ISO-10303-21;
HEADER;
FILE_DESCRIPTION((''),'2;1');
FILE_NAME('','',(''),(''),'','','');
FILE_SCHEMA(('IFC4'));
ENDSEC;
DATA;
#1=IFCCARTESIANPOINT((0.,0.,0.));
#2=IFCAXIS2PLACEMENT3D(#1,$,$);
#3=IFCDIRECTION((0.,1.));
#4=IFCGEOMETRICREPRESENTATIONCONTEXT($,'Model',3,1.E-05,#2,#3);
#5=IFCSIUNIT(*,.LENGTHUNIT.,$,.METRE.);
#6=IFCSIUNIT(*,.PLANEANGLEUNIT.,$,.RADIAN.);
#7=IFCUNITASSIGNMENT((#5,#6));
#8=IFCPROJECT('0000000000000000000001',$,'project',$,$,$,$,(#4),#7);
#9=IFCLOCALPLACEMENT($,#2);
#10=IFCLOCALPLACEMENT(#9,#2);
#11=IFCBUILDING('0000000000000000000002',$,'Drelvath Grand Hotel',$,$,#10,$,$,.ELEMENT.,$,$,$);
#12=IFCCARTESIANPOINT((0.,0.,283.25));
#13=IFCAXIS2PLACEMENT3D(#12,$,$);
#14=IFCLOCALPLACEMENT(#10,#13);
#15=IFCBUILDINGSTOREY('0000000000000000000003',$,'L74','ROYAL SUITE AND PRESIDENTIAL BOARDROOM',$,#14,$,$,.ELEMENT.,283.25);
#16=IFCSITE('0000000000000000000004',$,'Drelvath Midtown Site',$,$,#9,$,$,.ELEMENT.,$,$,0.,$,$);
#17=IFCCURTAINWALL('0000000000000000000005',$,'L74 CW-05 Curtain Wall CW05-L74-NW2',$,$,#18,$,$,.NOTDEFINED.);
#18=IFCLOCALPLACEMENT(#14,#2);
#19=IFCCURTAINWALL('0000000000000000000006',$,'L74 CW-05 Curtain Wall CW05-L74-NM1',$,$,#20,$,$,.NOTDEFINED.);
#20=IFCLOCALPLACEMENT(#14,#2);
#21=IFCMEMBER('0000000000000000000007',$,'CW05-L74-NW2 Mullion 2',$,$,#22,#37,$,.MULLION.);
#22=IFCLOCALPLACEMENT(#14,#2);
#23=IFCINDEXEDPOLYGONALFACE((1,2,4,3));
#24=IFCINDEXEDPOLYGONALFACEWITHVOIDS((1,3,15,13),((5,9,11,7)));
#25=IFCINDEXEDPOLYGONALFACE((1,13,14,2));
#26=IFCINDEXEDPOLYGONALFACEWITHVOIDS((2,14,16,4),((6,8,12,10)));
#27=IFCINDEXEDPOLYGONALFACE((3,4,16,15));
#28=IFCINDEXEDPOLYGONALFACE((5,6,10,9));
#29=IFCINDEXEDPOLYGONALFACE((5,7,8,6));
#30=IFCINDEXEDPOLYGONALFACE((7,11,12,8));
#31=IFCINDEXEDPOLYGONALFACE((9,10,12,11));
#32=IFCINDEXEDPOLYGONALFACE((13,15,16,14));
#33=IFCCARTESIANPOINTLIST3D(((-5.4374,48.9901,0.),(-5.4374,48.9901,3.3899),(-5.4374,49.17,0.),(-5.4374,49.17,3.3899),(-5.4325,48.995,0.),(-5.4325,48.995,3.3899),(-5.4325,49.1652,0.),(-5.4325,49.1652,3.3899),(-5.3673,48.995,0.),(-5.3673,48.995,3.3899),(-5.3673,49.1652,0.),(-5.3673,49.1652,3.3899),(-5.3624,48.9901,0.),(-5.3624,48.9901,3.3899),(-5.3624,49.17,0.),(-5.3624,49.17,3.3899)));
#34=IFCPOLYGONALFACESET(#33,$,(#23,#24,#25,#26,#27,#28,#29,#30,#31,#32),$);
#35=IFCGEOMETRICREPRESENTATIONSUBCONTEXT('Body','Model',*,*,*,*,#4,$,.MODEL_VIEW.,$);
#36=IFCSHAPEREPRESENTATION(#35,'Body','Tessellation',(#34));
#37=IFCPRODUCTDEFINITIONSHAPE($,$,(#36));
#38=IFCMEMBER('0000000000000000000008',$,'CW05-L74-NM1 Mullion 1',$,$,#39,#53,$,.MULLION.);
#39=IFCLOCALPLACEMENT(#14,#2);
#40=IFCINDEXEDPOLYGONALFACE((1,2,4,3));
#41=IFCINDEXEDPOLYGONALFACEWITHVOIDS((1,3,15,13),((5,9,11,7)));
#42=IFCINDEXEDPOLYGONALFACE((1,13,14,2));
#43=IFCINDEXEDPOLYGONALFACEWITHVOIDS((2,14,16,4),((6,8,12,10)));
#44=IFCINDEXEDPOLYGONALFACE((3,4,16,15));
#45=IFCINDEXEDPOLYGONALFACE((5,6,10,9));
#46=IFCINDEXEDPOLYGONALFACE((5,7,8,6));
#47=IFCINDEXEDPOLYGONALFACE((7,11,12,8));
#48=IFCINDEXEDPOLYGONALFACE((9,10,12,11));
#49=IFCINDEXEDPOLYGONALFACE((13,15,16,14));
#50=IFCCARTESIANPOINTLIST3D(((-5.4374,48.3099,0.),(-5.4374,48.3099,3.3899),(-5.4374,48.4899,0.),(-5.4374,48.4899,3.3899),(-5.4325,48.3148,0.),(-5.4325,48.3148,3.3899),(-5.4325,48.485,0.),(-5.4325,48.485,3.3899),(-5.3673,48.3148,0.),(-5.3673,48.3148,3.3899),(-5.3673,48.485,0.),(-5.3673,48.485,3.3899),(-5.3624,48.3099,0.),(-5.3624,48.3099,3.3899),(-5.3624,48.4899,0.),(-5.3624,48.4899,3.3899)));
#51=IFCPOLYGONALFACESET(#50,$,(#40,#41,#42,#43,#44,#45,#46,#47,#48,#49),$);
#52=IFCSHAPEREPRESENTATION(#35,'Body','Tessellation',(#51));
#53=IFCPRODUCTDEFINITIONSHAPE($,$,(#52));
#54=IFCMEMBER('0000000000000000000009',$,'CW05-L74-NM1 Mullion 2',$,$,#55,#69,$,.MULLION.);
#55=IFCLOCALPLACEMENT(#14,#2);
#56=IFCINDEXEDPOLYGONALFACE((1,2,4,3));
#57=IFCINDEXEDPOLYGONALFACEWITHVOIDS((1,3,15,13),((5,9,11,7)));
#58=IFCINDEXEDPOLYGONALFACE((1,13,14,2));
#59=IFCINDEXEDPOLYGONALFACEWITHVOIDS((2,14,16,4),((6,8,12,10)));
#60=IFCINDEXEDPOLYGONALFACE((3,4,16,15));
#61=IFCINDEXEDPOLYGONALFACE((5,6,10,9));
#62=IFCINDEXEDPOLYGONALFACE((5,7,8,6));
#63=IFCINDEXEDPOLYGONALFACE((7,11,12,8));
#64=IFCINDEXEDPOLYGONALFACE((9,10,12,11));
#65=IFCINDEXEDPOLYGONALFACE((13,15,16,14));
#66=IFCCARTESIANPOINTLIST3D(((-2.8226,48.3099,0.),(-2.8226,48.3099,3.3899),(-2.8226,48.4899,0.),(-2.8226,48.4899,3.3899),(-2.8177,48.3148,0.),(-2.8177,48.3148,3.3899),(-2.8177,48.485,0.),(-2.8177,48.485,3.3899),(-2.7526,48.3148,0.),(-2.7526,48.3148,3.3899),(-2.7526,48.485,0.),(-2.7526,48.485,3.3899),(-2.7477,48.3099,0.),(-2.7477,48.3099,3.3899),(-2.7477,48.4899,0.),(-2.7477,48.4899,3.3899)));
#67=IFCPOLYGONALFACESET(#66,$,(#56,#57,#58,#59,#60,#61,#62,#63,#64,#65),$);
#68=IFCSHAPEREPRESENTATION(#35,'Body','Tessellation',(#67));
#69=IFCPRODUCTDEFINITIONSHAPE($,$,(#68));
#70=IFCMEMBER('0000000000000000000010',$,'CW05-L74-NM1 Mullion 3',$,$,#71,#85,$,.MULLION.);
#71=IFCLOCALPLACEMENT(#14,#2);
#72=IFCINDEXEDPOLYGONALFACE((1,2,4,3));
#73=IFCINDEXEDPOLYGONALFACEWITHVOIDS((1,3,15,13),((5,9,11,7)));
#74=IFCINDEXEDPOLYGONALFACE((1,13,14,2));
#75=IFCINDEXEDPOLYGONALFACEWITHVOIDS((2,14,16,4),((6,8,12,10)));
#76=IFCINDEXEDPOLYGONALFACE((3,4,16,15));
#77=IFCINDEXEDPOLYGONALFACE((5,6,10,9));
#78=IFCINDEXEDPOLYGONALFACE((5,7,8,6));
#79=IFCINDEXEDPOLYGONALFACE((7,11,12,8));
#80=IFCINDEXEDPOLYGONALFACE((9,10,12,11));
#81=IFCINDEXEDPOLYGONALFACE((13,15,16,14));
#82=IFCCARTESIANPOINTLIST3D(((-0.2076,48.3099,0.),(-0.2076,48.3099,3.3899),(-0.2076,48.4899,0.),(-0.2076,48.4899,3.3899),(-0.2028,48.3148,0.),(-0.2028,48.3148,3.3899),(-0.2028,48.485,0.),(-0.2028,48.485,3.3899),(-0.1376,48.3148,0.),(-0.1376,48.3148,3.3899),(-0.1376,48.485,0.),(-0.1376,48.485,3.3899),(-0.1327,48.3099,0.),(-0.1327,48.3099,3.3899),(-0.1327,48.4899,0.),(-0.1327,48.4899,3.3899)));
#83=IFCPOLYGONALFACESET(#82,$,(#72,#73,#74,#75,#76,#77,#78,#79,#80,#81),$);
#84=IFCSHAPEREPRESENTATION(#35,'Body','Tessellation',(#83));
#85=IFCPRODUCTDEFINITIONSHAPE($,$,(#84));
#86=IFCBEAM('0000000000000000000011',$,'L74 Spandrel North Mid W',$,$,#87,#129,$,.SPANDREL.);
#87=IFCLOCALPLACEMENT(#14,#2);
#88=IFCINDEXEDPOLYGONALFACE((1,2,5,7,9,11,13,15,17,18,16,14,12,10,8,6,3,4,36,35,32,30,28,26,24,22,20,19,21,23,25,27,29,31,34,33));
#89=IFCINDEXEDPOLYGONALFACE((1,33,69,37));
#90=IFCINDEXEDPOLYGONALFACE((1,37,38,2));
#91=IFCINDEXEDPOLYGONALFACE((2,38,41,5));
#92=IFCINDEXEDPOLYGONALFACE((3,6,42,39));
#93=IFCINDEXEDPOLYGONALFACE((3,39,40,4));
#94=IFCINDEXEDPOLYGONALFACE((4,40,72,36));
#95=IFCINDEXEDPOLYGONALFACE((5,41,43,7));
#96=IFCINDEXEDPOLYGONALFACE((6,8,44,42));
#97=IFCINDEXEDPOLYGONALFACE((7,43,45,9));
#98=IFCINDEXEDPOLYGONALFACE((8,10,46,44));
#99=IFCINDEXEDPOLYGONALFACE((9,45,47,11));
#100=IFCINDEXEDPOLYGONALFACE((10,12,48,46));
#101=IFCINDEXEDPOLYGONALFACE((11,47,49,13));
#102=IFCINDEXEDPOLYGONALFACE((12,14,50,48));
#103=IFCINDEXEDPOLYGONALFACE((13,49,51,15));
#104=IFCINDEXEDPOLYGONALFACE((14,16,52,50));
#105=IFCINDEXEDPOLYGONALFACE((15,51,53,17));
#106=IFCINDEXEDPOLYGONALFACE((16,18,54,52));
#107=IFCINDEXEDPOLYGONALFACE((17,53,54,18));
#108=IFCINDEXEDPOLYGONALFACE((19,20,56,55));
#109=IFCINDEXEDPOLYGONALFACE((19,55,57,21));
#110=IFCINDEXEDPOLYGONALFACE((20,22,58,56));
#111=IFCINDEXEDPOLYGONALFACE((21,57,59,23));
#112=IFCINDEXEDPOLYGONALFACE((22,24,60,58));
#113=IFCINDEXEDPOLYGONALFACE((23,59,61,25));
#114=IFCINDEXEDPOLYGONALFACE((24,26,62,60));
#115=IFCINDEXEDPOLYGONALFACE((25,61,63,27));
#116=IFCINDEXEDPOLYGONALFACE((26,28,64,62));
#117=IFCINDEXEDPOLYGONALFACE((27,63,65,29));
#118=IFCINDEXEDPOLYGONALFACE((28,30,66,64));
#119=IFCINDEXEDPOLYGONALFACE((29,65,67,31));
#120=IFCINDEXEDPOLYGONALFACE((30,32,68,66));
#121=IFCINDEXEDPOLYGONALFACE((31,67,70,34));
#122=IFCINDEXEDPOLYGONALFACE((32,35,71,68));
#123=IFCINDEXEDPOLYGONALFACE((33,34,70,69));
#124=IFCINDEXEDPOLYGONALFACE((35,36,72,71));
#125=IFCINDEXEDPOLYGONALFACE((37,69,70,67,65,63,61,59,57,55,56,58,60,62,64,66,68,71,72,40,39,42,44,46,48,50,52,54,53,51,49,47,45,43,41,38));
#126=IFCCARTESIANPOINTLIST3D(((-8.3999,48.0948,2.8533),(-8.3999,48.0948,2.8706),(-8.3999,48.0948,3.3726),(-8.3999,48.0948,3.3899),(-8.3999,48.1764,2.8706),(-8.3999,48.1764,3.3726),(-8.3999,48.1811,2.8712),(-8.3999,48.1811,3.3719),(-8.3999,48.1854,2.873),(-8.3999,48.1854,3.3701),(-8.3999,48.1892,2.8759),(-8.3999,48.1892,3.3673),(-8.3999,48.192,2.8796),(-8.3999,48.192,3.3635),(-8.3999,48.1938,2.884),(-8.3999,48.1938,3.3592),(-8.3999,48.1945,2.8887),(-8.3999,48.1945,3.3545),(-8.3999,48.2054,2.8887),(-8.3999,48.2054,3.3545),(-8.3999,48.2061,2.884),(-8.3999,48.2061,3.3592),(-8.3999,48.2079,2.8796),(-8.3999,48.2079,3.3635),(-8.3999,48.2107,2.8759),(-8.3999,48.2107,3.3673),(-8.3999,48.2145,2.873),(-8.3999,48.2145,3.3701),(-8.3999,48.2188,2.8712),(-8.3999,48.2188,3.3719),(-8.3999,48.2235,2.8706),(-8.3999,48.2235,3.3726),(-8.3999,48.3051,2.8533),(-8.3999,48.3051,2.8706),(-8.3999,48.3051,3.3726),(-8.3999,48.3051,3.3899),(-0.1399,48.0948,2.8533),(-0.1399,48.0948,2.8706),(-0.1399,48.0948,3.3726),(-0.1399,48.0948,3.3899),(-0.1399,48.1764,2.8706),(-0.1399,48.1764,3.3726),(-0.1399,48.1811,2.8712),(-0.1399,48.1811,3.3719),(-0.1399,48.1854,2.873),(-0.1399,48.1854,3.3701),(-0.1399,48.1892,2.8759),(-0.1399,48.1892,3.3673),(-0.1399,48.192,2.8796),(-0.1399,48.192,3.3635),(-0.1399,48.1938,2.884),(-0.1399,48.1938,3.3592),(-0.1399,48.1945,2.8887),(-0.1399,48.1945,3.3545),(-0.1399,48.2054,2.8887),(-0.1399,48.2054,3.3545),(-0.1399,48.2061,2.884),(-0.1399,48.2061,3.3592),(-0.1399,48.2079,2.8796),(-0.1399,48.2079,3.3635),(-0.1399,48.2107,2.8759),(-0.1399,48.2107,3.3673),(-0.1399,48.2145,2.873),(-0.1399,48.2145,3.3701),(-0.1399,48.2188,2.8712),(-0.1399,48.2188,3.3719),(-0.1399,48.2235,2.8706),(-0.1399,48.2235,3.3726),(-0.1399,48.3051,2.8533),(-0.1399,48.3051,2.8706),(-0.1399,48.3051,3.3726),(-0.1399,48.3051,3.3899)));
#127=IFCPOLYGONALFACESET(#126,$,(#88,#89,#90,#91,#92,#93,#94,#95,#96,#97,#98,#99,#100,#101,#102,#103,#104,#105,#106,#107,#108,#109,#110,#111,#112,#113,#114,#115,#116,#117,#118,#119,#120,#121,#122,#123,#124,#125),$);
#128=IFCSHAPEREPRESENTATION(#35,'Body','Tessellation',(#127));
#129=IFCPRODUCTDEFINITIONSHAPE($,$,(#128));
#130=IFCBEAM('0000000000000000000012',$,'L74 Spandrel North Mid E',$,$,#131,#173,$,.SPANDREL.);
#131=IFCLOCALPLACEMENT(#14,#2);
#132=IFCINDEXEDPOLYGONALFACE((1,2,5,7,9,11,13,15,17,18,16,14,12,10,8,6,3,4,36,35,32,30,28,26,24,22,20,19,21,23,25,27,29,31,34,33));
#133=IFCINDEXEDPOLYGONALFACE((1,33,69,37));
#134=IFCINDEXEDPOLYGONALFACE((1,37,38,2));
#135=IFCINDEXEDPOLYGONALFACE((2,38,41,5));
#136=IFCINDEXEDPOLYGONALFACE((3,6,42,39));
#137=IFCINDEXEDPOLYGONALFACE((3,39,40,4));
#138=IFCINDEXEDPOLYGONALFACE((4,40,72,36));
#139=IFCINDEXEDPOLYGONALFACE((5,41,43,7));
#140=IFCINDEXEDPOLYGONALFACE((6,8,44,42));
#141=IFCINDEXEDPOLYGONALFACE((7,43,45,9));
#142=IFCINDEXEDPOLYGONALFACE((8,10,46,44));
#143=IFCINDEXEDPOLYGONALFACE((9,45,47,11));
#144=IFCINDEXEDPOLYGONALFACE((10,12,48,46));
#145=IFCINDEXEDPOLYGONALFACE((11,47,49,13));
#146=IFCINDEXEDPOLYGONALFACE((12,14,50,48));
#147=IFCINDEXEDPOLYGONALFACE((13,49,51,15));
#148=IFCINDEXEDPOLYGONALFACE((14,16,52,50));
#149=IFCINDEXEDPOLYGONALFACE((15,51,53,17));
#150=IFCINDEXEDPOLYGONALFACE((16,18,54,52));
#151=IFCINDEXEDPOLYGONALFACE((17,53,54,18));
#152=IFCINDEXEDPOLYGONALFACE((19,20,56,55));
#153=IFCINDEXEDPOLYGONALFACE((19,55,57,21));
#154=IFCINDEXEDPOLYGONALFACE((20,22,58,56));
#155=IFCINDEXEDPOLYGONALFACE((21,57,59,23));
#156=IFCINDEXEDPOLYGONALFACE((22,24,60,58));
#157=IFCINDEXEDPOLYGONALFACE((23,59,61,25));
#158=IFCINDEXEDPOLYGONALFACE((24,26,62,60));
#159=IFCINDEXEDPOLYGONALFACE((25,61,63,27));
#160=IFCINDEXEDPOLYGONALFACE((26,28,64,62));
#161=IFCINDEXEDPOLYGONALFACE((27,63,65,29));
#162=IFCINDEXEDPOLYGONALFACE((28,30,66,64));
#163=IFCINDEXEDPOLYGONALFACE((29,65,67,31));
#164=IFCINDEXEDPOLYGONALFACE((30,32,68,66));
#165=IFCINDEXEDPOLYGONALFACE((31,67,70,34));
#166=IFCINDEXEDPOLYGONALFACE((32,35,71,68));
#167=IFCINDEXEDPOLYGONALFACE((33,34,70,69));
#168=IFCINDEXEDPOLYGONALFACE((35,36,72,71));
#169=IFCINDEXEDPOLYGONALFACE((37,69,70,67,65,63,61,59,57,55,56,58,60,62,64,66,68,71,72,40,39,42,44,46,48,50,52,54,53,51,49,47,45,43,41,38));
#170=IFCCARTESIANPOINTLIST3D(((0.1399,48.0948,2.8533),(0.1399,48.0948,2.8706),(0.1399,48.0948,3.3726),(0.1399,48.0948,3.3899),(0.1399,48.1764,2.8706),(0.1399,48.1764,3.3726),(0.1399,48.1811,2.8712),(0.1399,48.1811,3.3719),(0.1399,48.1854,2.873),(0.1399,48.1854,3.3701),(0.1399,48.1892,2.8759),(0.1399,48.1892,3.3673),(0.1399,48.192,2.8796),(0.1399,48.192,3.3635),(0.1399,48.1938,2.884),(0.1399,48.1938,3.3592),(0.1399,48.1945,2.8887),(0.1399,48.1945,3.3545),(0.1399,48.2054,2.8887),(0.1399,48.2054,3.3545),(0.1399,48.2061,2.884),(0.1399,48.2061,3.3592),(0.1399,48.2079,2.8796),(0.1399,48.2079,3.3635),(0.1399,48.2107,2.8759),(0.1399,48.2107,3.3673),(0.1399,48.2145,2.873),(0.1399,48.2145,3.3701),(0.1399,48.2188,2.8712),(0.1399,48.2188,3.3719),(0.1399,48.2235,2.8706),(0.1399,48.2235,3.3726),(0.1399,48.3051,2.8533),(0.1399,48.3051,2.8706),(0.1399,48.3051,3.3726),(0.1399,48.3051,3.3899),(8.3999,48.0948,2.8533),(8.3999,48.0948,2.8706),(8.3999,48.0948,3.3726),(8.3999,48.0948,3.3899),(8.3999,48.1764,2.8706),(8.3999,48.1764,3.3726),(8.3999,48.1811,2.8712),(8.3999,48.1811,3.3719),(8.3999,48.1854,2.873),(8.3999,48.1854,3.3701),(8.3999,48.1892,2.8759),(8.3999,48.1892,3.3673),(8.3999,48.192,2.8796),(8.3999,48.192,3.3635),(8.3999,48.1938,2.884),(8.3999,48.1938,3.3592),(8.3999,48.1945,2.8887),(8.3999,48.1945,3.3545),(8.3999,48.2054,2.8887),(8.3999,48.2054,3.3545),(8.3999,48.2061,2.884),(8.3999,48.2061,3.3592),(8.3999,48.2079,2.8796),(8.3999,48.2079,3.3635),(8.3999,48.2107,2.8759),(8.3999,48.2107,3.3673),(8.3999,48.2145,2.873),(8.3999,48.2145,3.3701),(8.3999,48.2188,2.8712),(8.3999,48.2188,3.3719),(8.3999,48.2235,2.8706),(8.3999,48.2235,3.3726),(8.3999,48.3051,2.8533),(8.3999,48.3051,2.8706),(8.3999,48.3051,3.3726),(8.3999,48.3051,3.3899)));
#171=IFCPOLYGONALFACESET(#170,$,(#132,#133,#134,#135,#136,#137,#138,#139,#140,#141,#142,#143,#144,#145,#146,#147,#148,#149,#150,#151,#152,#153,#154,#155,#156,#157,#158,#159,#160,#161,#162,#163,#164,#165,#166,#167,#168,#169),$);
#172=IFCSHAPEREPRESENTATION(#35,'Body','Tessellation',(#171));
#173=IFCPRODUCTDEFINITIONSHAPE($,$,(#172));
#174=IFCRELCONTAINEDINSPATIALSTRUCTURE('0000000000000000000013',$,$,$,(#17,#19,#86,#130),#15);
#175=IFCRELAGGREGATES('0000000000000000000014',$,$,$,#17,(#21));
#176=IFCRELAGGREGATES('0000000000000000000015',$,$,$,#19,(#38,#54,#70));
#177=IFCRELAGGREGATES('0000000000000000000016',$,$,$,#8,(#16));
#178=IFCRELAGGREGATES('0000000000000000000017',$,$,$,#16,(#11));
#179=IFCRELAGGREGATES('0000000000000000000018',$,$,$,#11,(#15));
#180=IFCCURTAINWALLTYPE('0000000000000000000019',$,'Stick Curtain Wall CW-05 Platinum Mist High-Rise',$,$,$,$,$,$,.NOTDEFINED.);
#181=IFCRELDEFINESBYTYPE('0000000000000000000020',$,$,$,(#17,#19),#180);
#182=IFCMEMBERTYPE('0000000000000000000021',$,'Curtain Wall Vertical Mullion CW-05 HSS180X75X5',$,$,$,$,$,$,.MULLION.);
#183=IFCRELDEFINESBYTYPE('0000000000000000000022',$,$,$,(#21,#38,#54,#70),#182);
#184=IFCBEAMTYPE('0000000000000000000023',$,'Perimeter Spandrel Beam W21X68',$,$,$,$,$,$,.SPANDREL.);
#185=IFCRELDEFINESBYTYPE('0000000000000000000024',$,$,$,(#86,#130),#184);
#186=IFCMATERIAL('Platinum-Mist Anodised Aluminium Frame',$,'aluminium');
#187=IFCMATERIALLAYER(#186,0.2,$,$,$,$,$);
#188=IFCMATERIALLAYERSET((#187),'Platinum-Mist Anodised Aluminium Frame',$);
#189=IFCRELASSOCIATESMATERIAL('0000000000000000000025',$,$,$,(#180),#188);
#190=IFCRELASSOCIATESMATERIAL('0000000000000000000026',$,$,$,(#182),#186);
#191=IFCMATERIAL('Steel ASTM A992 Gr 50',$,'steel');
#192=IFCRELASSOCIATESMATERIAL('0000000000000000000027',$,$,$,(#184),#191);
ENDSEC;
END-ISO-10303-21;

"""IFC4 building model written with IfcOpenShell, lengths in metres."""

from ifc_helpers import new_model, si_unit, direction, frame, origin, origin_2d, place, context, subcontext, project, spatial, hollow_rectangle, i_section, extrude, material, layer, layer_set, material_profile, profile_set, type_object, element, aggregate, save


model = new_model("IFC4")

# Units and contexts
model_context = context("Model", 3, precision=1e-05, world=origin(), true_north=direction((0.0, 1.0)))
body_context = subcontext(model_context, "Body", "Model", "MODEL_VIEW")
ifc_project = project(units=[si_unit("LENGTHUNIT", "METRE"), si_unit("PLANEANGLEUNIT", "RADIAN")], contexts=[model_context])

# Site, building, storey
site_placement = place(None, origin())
site = spatial("IfcSite", under=ifc_project, at=site_placement, Name="Drelvath Midtown Site", CompositionType="ELEMENT", RefElevation=0.0)
building_placement = place(site_placement, origin())
building = spatial("IfcBuilding", under=site, at=building_placement, Name="Drelvath Grand Hotel", CompositionType="ELEMENT")
storey_placement = place(building_placement, frame((0.0, 0.0, 283.25)))
storey = spatial("IfcBuildingStorey", under=building, at=storey_placement, Name="L74", Description="ROYAL SUITE AND PRESIDENTIAL BOARDROOM", CompositionType="ELEMENT", Elevation=283.25)

# Curtain walls
ifc_material_1 = material(Name="Platinum-Mist Anodised Aluminium Frame", Category="aluminium")
ifc_layer_1 = layer(ifc_material_1, 0.2)
ifc_layer_set_1 = layer_set([ifc_layer_1], Name="Platinum-Mist Anodised Aluminium Frame")
curtain_wall_type = type_object("IfcCurtainWallType", Name="Stick Curtain Wall CW-05 Platinum Mist High-Rise", PredefinedType="NOTDEFINED", material=ifc_layer_set_1)
curtain_wall_1_placement = place(storey_placement, origin())
curtain_wall_1 = element("IfcCurtainWall", 1, at=curtain_wall_1_placement, inside=storey, type_object=curtain_wall_type, Name="L74 CW-05 Curtain Wall CW05-L74-NW2", PredefinedType="NOTDEFINED")
curtain_wall_2_placement = place(storey_placement, origin())
curtain_wall_2 = element("IfcCurtainWall", 2, at=curtain_wall_2_placement, inside=storey, type_object=curtain_wall_type, Name="L74 CW-05 Curtain Wall CW05-L74-NM1", PredefinedType="NOTDEFINED")

# Shared definitions
ifc_material_profile_1 = material_profile(ifc_material_1, hollow_rectangle(XDim=0.075, YDim=0.1799, WallThickness=0.0049, at=origin_2d()), Name="HSS180X75X5")
ifc_profile_set_1 = profile_set([ifc_material_profile_1], Name="Platinum-Mist Anodised Aluminium Frame")
member_type_1 = type_object("IfcMemberType", Name="Curtain Wall Vertical Mullion CW-05 HSS180X75X5", PredefinedType="MULLION", material=ifc_profile_set_1)

# Members
member_1_placement = place(storey_placement, frame((-5.3999, 49.0801, 0.0), z_axis=(0.0, 0.0, 1.0), x_axis=(1.0, 0.0, 0.0)))
member_1 = element("IfcMember", 3, at=member_1_placement, type_object=member_type_1, Name="CW05-L74-NW2 Mullion 2", PredefinedType="MULLION", context=body_context, shape_type="SweptSolid", body=[
    extrude(hollow_rectangle(XDim=0.075, YDim=0.1799, WallThickness=0.0049, at=origin_2d()), origin(), (0.0, 0.0, 1.0), 3.3899),
])
member_2_placement = place(storey_placement, frame((-5.3999, 48.3999, 0.0), z_axis=(0.0, 0.0, 1.0), x_axis=(1.0, 0.0, 0.0)))
member_2 = element("IfcMember", 4, at=member_2_placement, type_object=member_type_1, Name="CW05-L74-NM1 Mullion 1", PredefinedType="MULLION", context=body_context, shape_type="SweptSolid", body=[
    extrude(hollow_rectangle(XDim=0.075, YDim=0.1799, WallThickness=0.0049, at=origin_2d()), origin(), (0.0, 0.0, 1.0), 3.3899),
])
member_3_placement = place(storey_placement, frame((-2.7852, 48.3999, 0.0), z_axis=(0.0, 0.0, 1.0), x_axis=(1.0, 0.0, 0.0)))
member_3 = element("IfcMember", 5, at=member_3_placement, type_object=member_type_1, Name="CW05-L74-NM1 Mullion 2", PredefinedType="MULLION", context=body_context, shape_type="SweptSolid", body=[
    extrude(hollow_rectangle(XDim=0.075, YDim=0.1799, WallThickness=0.0049, at=origin_2d()), origin(), (0.0, 0.0, 1.0), 3.3899),
])
member_4_placement = place(storey_placement, frame((-0.1702, 48.3999, 0.0), z_axis=(0.0, 0.0, 1.0), x_axis=(1.0, 0.0, 0.0)))
member_4 = element("IfcMember", 6, at=member_4_placement, type_object=member_type_1, Name="CW05-L74-NM1 Mullion 3", PredefinedType="MULLION", context=body_context, shape_type="SweptSolid", body=[
    extrude(hollow_rectangle(XDim=0.075, YDim=0.1799, WallThickness=0.0049, at=origin_2d()), origin(), (0.0, 0.0, 1.0), 3.3899),
])

# Beams
ifc_material_2 = material(Name="Steel ASTM A992 Gr 50", Category="steel")
ifc_material_profile_2 = material_profile(ifc_material_2, i_section(OverallWidth=0.2102, OverallDepth=0.5366, WebThickness=0.011, FlangeThickness=0.0173, FilletRadius=0.0181, at=origin_2d()), Name="W21X68")
ifc_profile_set_2 = profile_set([ifc_material_profile_2], Name="Steel ASTM A992 Gr 50")
beam_type_1 = type_object("IfcBeamType", Name="Perimeter Spandrel Beam W21X68", PredefinedType="SPANDREL", material=ifc_profile_set_2)
for number, where, z_axis, x_axis, name in (
    (7, (-8.3999, 48.2, 3.1216), (1.0, 0.0, 0.0), (0.0, 1.0, 0.0), "L74 Spandrel North Mid W"),
    (8, (0.1399, 48.2, 3.1216), (1.0, 0.0, 0.0), (0.0, 1.0, 0.0), "L74 Spandrel North Mid E"),
):
    element("IfcBeam", number, at=place(storey_placement, frame(where, z_axis=z_axis, x_axis=x_axis)), inside=storey, type_object=beam_type_1, Name=name, PredefinedType="SPANDREL", context=body_context, shape_type="SweptSolid", body=[
        extrude(i_section(OverallWidth=0.2102, OverallDepth=0.5366, WebThickness=0.011, FlangeThickness=0.0173, FilletRadius=0.0181, at=origin_2d()), origin(), (0.0, 0.0, 1.0), 8.26),
    ])

aggregate(curtain_wall_1, [member_1])
aggregate(curtain_wall_2, [member_2, member_3, member_4])

save(model, "model.ifc")
